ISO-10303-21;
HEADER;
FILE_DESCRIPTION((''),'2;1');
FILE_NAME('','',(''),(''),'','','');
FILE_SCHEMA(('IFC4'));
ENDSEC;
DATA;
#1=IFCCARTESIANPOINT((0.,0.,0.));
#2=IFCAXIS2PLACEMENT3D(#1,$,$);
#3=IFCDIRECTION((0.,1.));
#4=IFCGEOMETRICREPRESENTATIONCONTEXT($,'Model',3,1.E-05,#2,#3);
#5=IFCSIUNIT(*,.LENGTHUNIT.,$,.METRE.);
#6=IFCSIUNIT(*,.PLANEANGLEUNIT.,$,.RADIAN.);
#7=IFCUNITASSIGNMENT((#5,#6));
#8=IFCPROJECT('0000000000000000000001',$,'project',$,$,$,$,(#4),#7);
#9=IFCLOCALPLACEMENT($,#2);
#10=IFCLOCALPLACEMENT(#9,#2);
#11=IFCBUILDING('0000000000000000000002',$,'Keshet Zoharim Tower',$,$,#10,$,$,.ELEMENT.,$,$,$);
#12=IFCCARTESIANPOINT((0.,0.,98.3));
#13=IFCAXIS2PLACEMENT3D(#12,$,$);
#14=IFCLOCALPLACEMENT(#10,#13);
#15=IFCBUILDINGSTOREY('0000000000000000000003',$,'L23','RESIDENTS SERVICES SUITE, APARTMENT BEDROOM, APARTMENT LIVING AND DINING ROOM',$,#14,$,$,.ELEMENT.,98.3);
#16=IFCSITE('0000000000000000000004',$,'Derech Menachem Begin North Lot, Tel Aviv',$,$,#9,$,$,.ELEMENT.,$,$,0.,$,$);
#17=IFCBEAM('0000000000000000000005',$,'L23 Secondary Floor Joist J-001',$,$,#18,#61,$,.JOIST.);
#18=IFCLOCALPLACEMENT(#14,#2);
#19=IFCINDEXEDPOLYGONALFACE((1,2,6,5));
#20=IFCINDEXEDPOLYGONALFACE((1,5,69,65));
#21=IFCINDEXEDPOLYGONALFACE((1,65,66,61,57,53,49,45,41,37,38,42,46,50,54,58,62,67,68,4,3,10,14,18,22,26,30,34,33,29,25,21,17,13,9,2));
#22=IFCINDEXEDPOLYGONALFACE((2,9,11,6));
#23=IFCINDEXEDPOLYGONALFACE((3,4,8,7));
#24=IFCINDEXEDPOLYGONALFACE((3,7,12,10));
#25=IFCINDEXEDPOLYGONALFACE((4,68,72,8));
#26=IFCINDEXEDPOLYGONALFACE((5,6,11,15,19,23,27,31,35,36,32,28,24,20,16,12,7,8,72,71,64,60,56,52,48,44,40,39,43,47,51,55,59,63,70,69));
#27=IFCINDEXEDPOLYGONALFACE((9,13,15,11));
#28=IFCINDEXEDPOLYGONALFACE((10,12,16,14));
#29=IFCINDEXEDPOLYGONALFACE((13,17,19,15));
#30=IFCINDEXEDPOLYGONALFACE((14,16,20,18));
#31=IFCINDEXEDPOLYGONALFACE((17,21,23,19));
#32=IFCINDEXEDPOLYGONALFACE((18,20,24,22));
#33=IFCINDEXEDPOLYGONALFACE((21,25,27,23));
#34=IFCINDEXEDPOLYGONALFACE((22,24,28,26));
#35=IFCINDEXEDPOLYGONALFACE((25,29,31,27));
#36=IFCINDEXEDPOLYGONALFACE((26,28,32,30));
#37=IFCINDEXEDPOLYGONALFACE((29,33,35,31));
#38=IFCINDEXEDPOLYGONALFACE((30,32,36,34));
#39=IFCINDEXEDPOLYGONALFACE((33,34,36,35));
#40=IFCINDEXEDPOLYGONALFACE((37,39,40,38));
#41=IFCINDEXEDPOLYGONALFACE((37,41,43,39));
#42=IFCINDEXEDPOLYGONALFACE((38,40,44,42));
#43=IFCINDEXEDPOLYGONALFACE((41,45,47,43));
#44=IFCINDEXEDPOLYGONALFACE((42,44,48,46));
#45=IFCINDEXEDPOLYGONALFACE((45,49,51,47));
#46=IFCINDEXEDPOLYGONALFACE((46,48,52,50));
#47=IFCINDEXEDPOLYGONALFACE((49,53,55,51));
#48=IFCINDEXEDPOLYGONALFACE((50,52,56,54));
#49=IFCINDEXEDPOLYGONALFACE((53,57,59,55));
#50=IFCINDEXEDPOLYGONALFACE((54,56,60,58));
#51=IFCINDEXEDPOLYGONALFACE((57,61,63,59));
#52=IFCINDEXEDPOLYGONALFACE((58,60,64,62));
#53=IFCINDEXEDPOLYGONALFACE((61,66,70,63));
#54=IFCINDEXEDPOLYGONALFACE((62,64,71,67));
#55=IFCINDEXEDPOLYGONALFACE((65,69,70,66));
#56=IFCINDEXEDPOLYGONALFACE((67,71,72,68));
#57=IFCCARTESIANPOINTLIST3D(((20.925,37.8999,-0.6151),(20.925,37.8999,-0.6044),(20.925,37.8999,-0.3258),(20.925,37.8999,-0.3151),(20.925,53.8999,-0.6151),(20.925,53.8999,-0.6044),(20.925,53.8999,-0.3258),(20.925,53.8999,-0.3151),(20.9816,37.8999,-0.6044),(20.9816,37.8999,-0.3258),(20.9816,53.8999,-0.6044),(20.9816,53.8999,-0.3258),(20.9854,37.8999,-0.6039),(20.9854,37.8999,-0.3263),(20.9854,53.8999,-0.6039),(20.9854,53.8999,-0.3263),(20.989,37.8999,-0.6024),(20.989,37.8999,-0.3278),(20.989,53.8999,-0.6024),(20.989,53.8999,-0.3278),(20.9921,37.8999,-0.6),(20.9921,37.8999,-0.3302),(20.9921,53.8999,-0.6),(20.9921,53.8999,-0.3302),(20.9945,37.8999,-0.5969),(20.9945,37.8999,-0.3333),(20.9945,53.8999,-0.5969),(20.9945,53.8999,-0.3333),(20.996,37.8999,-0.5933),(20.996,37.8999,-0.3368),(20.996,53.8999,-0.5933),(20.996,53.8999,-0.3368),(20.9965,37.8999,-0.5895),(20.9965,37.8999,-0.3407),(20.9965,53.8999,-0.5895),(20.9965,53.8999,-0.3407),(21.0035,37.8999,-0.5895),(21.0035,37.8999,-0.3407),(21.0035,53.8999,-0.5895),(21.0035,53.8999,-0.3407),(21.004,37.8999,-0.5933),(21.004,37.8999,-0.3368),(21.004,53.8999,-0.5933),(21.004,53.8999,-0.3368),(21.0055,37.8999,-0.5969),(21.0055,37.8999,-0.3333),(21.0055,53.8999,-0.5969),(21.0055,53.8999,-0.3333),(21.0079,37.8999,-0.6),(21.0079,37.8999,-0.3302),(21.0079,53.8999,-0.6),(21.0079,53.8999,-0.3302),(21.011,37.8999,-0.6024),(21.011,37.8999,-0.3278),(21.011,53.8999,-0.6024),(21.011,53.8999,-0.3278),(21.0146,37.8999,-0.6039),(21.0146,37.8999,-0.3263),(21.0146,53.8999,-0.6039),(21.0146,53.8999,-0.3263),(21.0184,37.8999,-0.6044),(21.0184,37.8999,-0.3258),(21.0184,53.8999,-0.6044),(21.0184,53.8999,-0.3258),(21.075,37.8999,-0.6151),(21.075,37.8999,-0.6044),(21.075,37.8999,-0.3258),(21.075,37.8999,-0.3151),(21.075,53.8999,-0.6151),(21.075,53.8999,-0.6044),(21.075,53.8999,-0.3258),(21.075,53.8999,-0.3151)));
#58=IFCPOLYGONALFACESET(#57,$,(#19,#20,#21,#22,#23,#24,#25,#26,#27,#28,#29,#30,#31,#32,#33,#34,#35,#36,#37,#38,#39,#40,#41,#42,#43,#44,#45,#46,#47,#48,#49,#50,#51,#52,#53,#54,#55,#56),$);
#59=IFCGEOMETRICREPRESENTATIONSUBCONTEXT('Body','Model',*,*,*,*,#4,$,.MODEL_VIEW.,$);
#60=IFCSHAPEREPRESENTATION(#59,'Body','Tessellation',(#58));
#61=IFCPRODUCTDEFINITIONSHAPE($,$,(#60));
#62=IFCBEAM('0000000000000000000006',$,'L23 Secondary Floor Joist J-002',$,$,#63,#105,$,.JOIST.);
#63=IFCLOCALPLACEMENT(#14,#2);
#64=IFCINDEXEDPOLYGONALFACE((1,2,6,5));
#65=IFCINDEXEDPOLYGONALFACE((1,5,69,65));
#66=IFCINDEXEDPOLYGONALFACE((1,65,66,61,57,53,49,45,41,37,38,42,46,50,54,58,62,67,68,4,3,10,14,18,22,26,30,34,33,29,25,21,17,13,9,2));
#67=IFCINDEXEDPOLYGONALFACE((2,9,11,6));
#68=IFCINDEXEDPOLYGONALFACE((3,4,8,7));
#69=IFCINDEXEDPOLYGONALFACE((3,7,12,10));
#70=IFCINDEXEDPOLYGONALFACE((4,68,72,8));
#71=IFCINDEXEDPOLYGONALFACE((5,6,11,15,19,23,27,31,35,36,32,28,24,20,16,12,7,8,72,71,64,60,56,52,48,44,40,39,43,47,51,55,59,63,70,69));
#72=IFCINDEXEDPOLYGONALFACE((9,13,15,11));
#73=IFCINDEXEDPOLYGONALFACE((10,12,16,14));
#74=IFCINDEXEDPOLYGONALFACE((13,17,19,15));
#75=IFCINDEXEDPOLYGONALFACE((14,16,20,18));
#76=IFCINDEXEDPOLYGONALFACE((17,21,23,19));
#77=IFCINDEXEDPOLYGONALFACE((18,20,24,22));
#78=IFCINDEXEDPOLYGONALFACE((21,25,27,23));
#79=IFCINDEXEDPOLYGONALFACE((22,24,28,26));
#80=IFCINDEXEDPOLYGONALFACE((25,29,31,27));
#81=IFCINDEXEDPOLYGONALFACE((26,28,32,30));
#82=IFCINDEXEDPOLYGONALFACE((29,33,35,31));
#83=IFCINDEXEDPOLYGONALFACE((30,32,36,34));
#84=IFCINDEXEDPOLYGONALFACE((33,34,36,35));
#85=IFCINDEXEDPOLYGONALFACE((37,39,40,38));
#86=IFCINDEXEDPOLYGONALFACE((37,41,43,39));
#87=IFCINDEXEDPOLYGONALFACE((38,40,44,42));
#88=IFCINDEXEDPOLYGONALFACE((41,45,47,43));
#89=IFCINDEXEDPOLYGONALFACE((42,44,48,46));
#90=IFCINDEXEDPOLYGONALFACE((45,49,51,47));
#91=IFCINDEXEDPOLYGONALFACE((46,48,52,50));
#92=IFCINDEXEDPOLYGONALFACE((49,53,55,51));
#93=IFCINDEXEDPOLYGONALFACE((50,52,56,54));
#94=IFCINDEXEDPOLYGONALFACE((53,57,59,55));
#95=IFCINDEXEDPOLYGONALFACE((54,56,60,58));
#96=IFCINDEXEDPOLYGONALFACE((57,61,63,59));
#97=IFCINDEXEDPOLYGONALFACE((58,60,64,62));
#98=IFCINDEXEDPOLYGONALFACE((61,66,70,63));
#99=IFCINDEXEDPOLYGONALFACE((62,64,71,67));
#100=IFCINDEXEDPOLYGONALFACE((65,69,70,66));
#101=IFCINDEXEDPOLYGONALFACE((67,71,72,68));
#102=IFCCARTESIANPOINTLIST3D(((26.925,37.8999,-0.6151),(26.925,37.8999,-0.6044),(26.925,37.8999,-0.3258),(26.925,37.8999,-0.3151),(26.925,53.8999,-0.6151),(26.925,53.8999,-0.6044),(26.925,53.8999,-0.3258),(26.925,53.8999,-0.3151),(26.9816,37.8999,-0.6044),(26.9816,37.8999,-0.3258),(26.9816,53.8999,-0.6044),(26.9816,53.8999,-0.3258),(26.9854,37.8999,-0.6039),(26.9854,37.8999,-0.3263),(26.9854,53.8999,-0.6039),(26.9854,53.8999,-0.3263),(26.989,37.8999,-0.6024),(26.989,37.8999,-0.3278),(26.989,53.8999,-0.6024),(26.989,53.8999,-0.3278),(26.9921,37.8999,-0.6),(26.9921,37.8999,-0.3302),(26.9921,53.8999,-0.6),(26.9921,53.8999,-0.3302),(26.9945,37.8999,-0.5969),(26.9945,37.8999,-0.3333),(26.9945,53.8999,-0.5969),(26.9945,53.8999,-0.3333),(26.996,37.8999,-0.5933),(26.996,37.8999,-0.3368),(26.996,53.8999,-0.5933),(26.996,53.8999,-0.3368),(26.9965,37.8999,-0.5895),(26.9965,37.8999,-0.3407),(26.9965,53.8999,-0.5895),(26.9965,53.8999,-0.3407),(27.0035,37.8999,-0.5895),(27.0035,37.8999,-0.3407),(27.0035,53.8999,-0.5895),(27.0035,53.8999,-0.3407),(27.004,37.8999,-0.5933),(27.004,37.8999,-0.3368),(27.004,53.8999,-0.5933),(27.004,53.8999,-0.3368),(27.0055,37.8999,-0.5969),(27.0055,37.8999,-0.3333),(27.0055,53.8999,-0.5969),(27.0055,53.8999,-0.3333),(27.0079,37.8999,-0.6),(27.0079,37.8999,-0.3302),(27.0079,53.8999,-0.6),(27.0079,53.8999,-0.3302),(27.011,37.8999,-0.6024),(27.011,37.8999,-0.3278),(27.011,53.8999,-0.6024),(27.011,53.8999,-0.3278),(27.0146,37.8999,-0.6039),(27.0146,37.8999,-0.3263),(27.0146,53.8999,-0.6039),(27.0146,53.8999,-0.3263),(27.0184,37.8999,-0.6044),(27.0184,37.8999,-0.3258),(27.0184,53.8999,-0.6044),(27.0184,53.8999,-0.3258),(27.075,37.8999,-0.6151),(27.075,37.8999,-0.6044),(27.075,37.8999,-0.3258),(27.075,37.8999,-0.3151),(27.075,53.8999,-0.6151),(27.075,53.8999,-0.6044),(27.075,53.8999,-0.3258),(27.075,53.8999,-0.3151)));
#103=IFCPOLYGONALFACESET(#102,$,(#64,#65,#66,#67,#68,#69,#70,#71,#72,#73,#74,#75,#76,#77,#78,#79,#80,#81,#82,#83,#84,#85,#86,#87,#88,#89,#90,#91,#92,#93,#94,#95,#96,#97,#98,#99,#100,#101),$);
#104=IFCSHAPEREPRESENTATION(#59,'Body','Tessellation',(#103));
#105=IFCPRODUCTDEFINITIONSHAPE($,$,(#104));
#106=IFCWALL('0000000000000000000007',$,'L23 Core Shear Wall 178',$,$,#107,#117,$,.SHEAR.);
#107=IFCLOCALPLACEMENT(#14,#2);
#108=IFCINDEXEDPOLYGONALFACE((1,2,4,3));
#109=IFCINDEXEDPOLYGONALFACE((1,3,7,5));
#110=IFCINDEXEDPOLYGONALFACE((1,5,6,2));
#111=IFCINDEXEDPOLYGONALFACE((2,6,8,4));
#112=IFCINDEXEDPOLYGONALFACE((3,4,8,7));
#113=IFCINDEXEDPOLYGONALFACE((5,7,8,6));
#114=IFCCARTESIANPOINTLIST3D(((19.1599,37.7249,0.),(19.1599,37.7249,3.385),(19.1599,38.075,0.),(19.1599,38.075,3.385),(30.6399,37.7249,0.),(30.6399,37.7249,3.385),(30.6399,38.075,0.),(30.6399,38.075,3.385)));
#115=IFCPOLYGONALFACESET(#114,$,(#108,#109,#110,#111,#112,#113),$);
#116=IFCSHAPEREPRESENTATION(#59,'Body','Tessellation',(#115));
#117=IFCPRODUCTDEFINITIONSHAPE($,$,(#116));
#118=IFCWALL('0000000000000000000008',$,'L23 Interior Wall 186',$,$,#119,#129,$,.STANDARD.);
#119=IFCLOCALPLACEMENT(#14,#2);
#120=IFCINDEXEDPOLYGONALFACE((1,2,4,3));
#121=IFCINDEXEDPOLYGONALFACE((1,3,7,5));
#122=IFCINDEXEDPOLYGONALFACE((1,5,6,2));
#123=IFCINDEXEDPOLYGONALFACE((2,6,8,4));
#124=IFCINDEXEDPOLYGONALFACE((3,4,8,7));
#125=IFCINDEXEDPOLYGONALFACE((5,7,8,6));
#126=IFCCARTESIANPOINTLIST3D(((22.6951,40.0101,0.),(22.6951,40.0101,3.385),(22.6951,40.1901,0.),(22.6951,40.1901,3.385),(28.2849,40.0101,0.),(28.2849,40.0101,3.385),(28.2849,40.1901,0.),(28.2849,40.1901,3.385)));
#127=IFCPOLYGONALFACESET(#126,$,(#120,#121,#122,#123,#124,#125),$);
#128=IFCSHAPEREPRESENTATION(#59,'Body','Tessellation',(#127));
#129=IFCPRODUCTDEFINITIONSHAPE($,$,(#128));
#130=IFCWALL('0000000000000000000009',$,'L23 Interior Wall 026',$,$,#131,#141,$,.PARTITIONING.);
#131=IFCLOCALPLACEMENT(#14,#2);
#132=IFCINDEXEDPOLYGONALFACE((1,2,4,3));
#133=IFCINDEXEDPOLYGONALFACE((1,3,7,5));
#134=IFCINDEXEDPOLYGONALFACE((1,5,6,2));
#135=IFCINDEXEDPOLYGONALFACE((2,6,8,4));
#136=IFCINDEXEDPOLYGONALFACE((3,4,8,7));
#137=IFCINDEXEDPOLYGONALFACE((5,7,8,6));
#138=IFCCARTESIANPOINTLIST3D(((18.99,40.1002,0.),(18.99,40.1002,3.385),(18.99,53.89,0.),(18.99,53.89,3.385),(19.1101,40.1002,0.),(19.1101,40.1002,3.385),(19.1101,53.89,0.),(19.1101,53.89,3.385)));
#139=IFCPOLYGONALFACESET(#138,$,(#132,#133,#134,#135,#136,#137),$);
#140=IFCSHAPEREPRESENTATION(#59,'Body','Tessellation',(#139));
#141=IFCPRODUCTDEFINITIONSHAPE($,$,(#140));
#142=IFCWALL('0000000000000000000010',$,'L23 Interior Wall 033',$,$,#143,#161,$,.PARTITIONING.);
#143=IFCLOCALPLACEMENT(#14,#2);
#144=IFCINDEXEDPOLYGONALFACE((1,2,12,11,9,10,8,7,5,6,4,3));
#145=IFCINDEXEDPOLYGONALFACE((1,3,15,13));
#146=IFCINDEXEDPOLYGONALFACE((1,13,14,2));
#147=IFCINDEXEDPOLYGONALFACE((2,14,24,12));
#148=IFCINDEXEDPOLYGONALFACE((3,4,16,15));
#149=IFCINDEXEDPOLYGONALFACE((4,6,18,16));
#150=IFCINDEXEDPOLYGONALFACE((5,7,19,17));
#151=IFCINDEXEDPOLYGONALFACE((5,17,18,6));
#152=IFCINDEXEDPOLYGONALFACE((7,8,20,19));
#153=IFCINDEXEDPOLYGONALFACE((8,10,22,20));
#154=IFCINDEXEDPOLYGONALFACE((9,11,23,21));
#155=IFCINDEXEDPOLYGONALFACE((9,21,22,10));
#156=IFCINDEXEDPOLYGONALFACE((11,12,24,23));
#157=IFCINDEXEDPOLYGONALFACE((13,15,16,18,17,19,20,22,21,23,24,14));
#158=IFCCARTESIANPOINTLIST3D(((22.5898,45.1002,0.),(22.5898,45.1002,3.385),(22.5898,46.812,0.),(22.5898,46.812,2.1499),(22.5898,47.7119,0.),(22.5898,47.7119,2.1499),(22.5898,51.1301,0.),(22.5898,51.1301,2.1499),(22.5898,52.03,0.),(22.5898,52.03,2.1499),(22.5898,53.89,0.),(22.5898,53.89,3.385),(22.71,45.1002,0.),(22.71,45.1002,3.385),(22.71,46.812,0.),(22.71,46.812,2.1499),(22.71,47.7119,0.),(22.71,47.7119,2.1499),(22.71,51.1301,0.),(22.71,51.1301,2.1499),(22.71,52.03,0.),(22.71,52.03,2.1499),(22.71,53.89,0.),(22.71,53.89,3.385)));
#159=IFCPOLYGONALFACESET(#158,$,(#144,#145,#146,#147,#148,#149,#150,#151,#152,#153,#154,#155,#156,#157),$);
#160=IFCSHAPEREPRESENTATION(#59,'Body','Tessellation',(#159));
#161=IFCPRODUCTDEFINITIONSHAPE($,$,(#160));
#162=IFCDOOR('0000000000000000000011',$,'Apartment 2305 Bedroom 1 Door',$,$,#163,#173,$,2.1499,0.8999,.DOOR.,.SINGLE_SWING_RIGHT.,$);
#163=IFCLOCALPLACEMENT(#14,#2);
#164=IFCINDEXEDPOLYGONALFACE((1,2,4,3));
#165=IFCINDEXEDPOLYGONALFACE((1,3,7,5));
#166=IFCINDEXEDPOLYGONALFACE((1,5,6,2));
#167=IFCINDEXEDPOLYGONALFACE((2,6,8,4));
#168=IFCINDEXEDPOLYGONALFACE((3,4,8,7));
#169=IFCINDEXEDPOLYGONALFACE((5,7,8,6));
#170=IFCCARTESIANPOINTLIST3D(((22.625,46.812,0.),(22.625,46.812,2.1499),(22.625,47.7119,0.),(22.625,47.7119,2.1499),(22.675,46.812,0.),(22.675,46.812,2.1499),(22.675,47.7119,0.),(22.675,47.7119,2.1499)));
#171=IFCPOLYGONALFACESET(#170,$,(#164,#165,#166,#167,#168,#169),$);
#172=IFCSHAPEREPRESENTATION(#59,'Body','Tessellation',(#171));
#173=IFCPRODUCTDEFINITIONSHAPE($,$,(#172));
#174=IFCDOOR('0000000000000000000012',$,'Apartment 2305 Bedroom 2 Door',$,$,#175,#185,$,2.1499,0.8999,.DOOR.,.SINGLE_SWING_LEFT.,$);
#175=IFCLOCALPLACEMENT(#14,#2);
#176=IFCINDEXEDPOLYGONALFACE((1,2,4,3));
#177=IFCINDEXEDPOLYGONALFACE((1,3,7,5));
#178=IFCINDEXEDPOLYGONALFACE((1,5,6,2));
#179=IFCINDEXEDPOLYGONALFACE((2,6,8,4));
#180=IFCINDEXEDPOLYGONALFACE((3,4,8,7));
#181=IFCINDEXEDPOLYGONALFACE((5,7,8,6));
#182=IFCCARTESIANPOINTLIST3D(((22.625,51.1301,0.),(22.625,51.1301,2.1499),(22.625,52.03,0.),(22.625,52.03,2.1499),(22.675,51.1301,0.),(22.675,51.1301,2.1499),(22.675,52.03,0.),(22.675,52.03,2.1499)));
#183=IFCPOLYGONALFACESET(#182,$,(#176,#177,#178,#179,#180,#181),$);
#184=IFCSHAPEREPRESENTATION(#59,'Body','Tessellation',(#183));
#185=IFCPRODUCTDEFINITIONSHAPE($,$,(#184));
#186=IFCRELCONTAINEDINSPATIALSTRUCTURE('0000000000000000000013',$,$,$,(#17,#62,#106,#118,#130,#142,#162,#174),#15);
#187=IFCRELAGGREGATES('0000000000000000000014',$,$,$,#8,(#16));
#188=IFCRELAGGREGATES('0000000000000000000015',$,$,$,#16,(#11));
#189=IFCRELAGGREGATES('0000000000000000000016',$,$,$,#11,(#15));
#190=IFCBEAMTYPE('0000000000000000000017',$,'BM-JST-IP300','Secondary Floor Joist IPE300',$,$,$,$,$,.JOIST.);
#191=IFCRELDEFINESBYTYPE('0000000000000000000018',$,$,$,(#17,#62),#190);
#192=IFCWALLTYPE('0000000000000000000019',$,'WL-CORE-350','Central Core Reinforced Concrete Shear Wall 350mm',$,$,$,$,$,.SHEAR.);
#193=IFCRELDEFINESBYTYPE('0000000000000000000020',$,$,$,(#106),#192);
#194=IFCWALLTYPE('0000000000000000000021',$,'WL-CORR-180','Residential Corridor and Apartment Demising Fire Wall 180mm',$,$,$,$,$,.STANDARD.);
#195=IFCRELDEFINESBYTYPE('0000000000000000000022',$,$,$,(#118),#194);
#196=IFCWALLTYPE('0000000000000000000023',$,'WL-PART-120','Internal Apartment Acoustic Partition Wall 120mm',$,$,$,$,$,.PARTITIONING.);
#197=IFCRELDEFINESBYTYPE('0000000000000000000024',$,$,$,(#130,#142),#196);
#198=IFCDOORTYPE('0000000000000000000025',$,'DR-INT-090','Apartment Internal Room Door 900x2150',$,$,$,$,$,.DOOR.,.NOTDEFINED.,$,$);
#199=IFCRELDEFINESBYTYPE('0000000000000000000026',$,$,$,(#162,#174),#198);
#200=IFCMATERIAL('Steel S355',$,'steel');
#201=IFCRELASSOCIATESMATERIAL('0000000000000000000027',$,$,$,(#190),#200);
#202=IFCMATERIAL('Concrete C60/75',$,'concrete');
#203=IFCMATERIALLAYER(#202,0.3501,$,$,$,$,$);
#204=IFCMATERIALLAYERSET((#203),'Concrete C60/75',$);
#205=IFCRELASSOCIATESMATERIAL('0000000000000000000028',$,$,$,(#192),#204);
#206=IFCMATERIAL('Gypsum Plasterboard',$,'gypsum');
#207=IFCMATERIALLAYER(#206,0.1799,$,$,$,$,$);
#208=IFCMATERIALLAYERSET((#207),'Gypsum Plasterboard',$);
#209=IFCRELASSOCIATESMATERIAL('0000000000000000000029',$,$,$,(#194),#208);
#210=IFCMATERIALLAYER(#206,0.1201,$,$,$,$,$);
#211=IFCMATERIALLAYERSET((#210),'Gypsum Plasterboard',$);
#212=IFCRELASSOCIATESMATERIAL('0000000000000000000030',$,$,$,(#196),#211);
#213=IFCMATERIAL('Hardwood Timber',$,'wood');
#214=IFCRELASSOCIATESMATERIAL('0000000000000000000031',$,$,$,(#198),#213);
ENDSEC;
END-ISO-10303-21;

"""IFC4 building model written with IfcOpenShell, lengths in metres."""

from ifc_helpers import new_model, si_unit, direction, frame, frame_2d, origin, origin_2d, place, context, subcontext, project, spatial, rectangle, i_section, extrude, material, layer, layer_set, material_profile, profile_set, type_object, element, fill, save


model = new_model("IFC4")

# Units and contexts
model_context = context("Model", 3, precision=1e-05, world=origin(), true_north=direction((0.0, 1.0)))
body_context = subcontext(model_context, "Body", "Model", "MODEL_VIEW")
ifc_project = project(units=[si_unit("LENGTHUNIT", "METRE"), si_unit("PLANEANGLEUNIT", "RADIAN")], contexts=[model_context])

# Site, building, storey
site_placement = place(None, origin())
site = spatial("IfcSite", under=ifc_project, at=site_placement, Name="Derech Menachem Begin North Lot, Tel Aviv", CompositionType="ELEMENT", RefElevation=0.0)
building_placement = place(site_placement, origin())
building = spatial("IfcBuilding", under=site, at=building_placement, Name="Keshet Zoharim Tower", CompositionType="ELEMENT")
storey_placement = place(building_placement, frame((0.0, 0.0, 98.3)))
storey = spatial("IfcBuildingStorey", under=building, at=storey_placement, Name="L23", Description="RESIDENTS SERVICES SUITE, APARTMENT BEDROOM, APARTMENT LIVING AND DINING ROOM", CompositionType="ELEMENT", Elevation=98.3)

# Beams
ifc_material_1 = material(Name="Steel S355", Category="steel")
ifc_material_profile = material_profile(ifc_material_1, i_section(OverallWidth=0.1499, OverallDepth=0.3, WebThickness=0.0071, FlangeThickness=0.0107, FilletRadius=0.0149, at=origin_2d()), Name="IPE300")
ifc_profile_set = profile_set([ifc_material_profile], Name="Steel S355")
beam_type = type_object("IfcBeamType", Name="BM-JST-IP300", Description="Secondary Floor Joist IPE300", PredefinedType="JOIST", material=ifc_profile_set)
for number, where, z_axis, x_axis, name in (
    (1, (21.0, 37.8999, -0.4651), (0.0, 1.0, 0.0), (-1.0, 0.0, 0.0), "L23 Secondary Floor Joist J-001"),
    (2, (27.0, 37.8999, -0.4651), (0.0, 1.0, 0.0), (-1.0, 0.0, 0.0), "L23 Secondary Floor Joist J-002"),
):
    element("IfcBeam", number, at=place(storey_placement, frame(where, z_axis=z_axis, x_axis=x_axis)), inside=storey, type_object=beam_type, Name=name, PredefinedType="JOIST", context=body_context, shape_type="SweptSolid", body=[
        extrude(i_section(OverallWidth=0.1499, OverallDepth=0.3, WebThickness=0.0071, FlangeThickness=0.0107, FilletRadius=0.0149, at=origin_2d()), origin(), (0.0, 0.0, 1.0), 16.0),
    ])

# Wall
ifc_material_2 = material(Name="Concrete C60/75", Category="concrete")
ifc_layer_1 = layer(ifc_material_2, 0.3501)
ifc_layer_set_1 = layer_set([ifc_layer_1], Name="Concrete C60/75")
wall_type_1 = type_object("IfcWallType", Name="WL-CORE-350", Description="Central Core Reinforced Concrete Shear Wall 350mm", PredefinedType="SHEAR", material=ifc_layer_set_1)
wall_1_placement = place(storey_placement, frame((19.1599, 37.8999, 0.0), z_axis=(0.0, 0.0, 1.0), x_axis=(1.0, 0.0, 0.0)))
element("IfcWall", 3, at=wall_1_placement, inside=storey, type_object=wall_type_1, Name="L23 Core Shear Wall 178", PredefinedType="SHEAR", context=body_context, shape_type="SweptSolid", body=[
    extrude(rectangle(XDim=11.48, YDim=0.3501, at=frame_2d((5.74, 0.0))), origin(), (0.0, 0.0, 1.0), 3.385),
])

# Shared definitions
ifc_material_3 = material(Name="Gypsum Plasterboard", Category="gypsum")
ifc_layer_2 = layer(ifc_material_3, 0.1799)
ifc_layer_set_2 = layer_set([ifc_layer_2], Name="Gypsum Plasterboard")
wall_type_2 = type_object("IfcWallType", Name="WL-CORR-180", Description="Residential Corridor and Apartment Demising Fire Wall 180mm", PredefinedType="STANDARD", material=ifc_layer_set_2)
ifc_material_4 = material(Name="Hardwood Timber", Category="wood")

# Walls
wall_2_placement = place(storey_placement, frame((22.6951, 40.1001, 0.0), z_axis=(0.0, 0.0, 1.0), x_axis=(1.0, 0.0, 0.0)))
element("IfcWall", 4, at=wall_2_placement, inside=storey, type_object=wall_type_2, Name="L23 Interior Wall 186", PredefinedType="STANDARD", context=body_context, shape_type="SweptSolid", body=[
    extrude(rectangle(XDim=5.5898, YDim=0.1799, at=frame_2d((2.7949, 0.0))), origin(), (0.0, 0.0, 1.0), 3.385),
])
ifc_layer_3 = layer(ifc_material_3, 0.1201)
ifc_layer_set_3 = layer_set([ifc_layer_3], Name="Gypsum Plasterboard")
wall_type_3 = type_object("IfcWallType", Name="WL-PART-120", Description="Internal Apartment Acoustic Partition Wall 120mm", PredefinedType="PARTITIONING", material=ifc_layer_set_3)
wall_3_placement = place(storey_placement, frame((19.05, 40.1001, 0.0), z_axis=(0.0, 0.0, 1.0), x_axis=(0.0, 1.0, 0.0)))
element("IfcWall", 5, at=wall_3_placement, inside=storey, type_object=wall_type_3, Name="L23 Interior Wall 026", PredefinedType="PARTITIONING", context=body_context, shape_type="SweptSolid", body=[
    extrude(rectangle(XDim=13.7898, YDim=0.1201, at=frame_2d((6.895, 0.0))), origin(), (0.0, 0.0, 1.0), 3.385),
])

# Shared definitions
door_type_1 = type_object("IfcDoorType", Name="DR-INT-090", Description="Apartment Internal Room Door 900x2150", OperationType="NOTDEFINED", PredefinedType="DOOR", material=ifc_material_4)

# Wall, openings, doors
wall_4_placement = place(storey_placement, frame((22.6499, 45.1001, 0.0), z_axis=(0.0, 0.0, 1.0), x_axis=(0.0, 1.0, 0.0)))
wall_4 = element("IfcWall", 6, at=wall_4_placement, inside=storey, type_object=wall_type_3, Name="L23 Interior Wall 033", PredefinedType="PARTITIONING", context=body_context, shape_type="SweptSolid", body=[
    extrude(rectangle(XDim=8.7898, YDim=0.1201, at=frame_2d((4.395, 0.0))), origin(), (0.0, 0.0, 1.0), 3.385),
])
opening_1_placement = place(wall_4_placement, frame((1.7119, 0.0, 0.0)))
opening_1 = element("IfcOpeningElement", 7, at=opening_1_placement, cuts=wall_4, PredefinedType="OPENING", context=body_context, shape_type="SweptSolid", body=[
    extrude(rectangle(XDim=0.8999, YDim=2.1499, at=frame_2d((0.45, 1.075))), frame((0.0, 0.0701, 0.0), z_axis=(0.0, -1.0, 0.0), x_axis=(1.0, 0.0, 0.0)), (0.0, 0.0, 1.0), 0.1401),
])
opening_2_placement = place(wall_4_placement, frame((6.03, 0.0, 0.0)))
opening_2 = element("IfcOpeningElement", 8, at=opening_2_placement, cuts=wall_4, PredefinedType="OPENING", context=body_context, shape_type="SweptSolid", body=[
    extrude(rectangle(XDim=0.8999, YDim=2.1499, at=frame_2d((0.45, 1.075))), frame((0.0, 0.0701, 0.0), z_axis=(0.0, -1.0, 0.0), x_axis=(1.0, 0.0, 0.0)), (0.0, 0.0, 1.0), 0.1401),
])
door_1_placement = place(opening_1_placement, origin())
door_1 = element("IfcDoor", 9, at=door_1_placement, inside=storey, type_object=door_type_1, Name="Apartment 2305 Bedroom 1 Door", OperationType="SINGLE_SWING_RIGHT", OverallHeight=2.1499, OverallWidth=0.8999, PredefinedType="DOOR", context=body_context, shape_type="SweptSolid", body=[
    extrude(rectangle(XDim=0.8999, YDim=2.1499, at=frame_2d((0.45, 1.075))), frame((0.0, 0.0249, 0.0), z_axis=(0.0, -1.0, 0.0), x_axis=(1.0, 0.0, 0.0)), (0.0, 0.0, 1.0), 0.05),
])
fill(opening_1, door_1)
door_2_placement = place(opening_2_placement, origin())
door_2 = element("IfcDoor", 10, at=door_2_placement, inside=storey, type_object=door_type_1, Name="Apartment 2305 Bedroom 2 Door", OperationType="SINGLE_SWING_LEFT", OverallHeight=2.1499, OverallWidth=0.8999, PredefinedType="DOOR", context=body_context, shape_type="SweptSolid", body=[
    extrude(rectangle(XDim=0.8999, YDim=2.1499, at=frame_2d((0.45, 1.075))), frame((0.0, 0.0249, 0.0), z_axis=(0.0, -1.0, 0.0), x_axis=(1.0, 0.0, 0.0)), (0.0, 0.0, 1.0), 0.05),
])
fill(opening_2, door_2)

save(model, "model.ifc")
